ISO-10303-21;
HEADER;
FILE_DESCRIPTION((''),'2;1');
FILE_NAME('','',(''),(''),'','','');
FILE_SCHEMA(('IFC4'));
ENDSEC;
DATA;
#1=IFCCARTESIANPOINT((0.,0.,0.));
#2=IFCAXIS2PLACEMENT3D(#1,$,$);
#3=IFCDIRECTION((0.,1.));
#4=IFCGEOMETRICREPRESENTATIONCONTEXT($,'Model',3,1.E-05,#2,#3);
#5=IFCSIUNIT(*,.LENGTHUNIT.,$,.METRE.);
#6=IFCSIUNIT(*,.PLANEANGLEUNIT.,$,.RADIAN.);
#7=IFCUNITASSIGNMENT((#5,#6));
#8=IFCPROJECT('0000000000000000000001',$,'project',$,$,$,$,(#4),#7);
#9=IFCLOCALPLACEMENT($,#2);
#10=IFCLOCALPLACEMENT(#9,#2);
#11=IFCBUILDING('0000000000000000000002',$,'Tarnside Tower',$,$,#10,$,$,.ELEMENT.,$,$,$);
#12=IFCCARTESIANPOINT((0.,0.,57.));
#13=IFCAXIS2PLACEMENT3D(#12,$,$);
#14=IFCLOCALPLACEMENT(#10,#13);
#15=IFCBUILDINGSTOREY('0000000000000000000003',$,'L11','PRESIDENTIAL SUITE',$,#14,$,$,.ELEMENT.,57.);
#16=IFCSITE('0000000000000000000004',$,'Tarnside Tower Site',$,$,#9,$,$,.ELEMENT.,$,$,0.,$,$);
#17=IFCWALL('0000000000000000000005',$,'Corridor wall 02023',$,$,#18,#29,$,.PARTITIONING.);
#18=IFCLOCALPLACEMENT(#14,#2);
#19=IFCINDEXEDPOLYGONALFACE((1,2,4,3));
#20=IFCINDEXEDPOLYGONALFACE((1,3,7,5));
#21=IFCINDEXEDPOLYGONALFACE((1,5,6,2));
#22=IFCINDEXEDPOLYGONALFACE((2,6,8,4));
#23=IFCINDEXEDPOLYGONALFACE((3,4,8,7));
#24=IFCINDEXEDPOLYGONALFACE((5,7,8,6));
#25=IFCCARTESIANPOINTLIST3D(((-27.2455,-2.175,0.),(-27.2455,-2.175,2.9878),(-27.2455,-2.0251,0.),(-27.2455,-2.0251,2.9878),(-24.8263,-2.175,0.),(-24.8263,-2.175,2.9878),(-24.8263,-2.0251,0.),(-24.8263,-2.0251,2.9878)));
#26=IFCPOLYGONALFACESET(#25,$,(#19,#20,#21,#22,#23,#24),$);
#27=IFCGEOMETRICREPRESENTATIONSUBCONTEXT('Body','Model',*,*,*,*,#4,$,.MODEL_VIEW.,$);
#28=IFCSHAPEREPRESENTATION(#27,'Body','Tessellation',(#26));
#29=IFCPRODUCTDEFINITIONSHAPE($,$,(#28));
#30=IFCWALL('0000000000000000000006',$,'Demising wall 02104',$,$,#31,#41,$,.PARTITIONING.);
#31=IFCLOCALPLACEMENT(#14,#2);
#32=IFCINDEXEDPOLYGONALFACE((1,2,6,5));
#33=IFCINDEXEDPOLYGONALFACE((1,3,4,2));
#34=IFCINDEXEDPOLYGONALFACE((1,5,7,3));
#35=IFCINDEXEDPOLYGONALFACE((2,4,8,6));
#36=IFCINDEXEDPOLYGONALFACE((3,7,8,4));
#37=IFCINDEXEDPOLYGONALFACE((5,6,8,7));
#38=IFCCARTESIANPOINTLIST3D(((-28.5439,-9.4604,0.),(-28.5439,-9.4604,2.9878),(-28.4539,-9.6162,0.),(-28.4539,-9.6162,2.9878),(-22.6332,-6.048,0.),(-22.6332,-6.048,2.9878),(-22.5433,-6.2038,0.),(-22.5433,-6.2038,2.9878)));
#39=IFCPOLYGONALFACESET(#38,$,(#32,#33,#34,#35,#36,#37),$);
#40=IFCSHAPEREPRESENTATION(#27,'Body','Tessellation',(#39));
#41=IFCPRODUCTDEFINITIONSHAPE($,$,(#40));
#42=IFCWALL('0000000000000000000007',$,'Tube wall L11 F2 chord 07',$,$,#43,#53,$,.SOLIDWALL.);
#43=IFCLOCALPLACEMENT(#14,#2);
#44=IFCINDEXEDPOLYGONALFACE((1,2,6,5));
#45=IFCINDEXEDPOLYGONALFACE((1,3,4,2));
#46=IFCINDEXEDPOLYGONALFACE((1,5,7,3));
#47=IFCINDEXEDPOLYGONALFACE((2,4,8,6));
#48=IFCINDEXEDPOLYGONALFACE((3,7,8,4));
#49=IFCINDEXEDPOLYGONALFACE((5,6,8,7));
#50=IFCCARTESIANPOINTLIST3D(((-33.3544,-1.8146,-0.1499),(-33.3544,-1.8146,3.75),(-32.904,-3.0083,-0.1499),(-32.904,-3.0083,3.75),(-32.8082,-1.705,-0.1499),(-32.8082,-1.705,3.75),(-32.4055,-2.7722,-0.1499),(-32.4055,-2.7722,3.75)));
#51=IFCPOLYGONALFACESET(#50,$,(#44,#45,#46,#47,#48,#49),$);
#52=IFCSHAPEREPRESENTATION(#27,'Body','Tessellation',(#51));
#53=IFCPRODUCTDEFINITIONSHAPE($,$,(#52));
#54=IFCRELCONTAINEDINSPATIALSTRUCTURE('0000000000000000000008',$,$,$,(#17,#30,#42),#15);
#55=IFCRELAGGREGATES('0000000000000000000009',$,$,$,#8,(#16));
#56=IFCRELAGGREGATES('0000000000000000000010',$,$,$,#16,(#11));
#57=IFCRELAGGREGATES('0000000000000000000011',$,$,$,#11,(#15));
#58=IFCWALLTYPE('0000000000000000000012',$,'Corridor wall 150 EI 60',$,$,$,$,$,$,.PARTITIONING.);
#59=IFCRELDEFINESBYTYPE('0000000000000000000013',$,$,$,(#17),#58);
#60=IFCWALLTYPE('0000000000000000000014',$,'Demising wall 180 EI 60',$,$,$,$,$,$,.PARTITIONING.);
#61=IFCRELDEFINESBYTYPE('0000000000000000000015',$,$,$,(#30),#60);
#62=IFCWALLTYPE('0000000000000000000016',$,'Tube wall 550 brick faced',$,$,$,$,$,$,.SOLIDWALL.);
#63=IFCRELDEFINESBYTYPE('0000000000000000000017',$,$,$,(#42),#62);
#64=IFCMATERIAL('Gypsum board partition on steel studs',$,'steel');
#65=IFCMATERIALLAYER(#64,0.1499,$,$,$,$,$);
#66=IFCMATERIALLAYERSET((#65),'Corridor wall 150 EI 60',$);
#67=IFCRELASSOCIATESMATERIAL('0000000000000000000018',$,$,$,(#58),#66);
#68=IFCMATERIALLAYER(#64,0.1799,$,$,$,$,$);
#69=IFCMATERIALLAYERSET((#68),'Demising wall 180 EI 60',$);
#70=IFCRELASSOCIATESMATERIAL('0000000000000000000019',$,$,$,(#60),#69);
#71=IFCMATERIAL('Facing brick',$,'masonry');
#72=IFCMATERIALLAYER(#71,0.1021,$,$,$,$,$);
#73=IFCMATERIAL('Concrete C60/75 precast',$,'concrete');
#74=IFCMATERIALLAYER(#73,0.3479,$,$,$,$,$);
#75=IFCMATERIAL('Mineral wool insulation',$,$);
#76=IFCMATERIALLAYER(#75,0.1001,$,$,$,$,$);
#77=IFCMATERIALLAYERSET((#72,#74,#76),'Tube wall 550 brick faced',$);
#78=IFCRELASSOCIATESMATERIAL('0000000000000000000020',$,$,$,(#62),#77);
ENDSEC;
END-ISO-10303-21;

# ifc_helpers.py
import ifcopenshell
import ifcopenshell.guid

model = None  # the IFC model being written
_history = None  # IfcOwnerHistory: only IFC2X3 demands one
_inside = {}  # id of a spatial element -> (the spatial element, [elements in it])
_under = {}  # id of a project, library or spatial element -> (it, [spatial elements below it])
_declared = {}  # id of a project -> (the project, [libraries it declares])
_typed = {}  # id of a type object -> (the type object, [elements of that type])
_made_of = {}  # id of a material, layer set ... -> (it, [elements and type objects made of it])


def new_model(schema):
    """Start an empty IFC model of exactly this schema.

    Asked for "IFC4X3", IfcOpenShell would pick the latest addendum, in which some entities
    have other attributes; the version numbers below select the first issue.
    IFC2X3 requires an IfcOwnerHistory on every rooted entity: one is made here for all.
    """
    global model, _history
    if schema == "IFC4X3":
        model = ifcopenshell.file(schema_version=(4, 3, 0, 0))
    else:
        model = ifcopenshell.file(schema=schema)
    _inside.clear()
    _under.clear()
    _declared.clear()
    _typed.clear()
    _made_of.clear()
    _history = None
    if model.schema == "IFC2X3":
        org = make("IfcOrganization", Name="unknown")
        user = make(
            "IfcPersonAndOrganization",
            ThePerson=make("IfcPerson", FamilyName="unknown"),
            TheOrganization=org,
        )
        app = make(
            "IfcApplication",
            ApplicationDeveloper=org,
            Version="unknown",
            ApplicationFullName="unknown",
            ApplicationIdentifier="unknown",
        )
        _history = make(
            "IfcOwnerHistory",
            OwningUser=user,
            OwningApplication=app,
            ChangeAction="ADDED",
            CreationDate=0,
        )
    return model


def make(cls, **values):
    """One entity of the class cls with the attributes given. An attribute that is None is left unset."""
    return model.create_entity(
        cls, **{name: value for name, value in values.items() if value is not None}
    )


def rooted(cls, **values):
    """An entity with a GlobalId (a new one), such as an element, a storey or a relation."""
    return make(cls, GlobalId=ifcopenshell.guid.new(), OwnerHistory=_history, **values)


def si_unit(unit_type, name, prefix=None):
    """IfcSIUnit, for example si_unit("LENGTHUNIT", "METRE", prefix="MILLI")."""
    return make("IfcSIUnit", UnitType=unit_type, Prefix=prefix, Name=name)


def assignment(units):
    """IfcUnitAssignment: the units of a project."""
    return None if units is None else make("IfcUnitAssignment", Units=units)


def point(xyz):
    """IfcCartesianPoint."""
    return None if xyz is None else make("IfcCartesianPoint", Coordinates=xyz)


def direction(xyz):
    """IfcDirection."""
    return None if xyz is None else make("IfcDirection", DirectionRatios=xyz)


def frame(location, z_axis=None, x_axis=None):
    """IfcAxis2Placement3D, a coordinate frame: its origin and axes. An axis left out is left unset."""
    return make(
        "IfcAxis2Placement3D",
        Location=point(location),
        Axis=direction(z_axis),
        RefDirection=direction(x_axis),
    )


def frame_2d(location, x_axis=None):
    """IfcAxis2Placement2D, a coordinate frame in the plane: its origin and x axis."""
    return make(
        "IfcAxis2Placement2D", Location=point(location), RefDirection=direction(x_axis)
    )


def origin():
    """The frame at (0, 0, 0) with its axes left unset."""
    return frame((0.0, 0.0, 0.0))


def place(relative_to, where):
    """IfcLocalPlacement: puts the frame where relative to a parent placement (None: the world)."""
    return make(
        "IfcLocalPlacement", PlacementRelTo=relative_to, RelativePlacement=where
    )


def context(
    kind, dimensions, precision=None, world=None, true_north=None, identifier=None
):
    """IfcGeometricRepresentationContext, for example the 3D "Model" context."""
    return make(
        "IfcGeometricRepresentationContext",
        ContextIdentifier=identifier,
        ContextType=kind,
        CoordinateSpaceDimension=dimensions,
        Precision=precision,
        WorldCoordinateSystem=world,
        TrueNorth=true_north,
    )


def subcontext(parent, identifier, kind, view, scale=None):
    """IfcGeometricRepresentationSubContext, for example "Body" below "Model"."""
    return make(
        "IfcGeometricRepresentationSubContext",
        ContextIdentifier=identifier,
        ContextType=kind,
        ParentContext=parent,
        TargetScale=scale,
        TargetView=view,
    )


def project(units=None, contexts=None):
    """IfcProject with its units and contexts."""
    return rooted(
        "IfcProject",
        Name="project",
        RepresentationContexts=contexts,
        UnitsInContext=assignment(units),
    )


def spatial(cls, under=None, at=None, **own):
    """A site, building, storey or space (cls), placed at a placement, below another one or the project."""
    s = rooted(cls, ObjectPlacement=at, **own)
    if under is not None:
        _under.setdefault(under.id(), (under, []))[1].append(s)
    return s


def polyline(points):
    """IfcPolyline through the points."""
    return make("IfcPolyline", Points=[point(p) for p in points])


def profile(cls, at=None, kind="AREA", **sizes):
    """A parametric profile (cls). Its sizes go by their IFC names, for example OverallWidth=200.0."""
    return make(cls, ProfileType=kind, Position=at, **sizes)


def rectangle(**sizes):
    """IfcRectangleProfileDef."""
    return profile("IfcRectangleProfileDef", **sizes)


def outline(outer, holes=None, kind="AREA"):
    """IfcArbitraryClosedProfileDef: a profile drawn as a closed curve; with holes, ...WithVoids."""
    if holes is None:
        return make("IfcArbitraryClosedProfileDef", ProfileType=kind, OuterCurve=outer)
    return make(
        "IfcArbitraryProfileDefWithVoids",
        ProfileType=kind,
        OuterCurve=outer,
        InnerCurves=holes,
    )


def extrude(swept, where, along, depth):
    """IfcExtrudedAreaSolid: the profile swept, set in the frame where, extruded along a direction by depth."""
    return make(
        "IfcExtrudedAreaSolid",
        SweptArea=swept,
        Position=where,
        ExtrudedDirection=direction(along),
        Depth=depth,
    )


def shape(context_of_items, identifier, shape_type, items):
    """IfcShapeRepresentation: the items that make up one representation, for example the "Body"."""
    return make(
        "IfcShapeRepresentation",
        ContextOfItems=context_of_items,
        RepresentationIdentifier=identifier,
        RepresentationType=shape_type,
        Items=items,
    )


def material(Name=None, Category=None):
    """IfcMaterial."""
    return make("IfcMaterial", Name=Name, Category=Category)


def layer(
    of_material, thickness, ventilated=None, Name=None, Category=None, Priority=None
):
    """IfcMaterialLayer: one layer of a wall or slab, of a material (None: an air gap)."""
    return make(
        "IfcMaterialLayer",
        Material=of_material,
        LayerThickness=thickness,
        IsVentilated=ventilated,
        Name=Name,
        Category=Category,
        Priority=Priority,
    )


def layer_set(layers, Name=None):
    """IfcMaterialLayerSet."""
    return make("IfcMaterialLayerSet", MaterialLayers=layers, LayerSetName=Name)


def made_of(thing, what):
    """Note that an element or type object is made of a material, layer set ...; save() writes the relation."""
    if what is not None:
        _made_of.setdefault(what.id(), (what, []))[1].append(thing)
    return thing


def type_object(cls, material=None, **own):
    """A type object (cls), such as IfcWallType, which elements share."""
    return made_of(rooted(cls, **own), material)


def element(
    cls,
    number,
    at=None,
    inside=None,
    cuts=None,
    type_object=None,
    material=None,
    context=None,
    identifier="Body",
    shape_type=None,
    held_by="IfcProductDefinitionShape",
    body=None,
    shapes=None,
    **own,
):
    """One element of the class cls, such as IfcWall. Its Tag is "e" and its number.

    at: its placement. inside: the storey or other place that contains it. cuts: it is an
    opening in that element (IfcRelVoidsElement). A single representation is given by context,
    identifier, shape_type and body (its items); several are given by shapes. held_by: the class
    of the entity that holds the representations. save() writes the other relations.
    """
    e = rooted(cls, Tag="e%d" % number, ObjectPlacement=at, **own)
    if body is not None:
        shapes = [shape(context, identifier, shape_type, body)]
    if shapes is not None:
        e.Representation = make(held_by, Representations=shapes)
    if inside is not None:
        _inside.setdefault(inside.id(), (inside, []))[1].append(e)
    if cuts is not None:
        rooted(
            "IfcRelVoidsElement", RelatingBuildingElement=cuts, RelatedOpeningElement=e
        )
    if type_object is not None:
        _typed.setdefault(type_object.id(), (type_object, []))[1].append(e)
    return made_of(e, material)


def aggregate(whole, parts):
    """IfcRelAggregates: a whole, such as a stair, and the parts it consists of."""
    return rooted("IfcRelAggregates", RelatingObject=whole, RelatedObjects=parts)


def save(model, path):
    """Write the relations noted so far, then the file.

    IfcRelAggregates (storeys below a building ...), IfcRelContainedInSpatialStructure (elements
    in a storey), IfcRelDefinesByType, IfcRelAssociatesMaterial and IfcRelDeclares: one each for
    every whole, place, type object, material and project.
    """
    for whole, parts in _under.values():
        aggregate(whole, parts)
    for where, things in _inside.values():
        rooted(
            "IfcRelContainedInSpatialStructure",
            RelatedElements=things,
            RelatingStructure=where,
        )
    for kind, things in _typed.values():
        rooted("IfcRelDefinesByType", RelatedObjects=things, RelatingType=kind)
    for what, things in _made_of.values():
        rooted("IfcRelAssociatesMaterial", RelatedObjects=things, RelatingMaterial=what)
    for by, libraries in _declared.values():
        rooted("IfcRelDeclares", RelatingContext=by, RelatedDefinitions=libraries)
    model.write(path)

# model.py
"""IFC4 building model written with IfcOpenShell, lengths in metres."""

from ifc_helpers import new_model, si_unit, direction, frame, frame_2d, origin, place, context, subcontext, project, spatial, polyline, rectangle, outline, extrude, material, layer, layer_set, type_object, element, save


model = new_model("IFC4")

# Units and contexts
model_context = context("Model", 3, precision=1e-05, world=origin(), true_north=direction((0.0, 1.0)))
body_context = subcontext(model_context, "Body", "Model", "MODEL_VIEW")
ifc_project = project(units=[si_unit("LENGTHUNIT", "METRE"), si_unit("PLANEANGLEUNIT", "RADIAN")], contexts=[model_context])

# Site, building, storey
site_placement = place(None, origin())
site = spatial("IfcSite", under=ifc_project, at=site_placement, Name="Tarnside Tower Site", CompositionType="ELEMENT", RefElevation=0.0)
building_placement = place(site_placement, origin())
building = spatial("IfcBuilding", under=site, at=building_placement, Name="Tarnside Tower", CompositionType="ELEMENT")
storey_placement = place(building_placement, frame((0.0, 0.0, 57.0)))
storey = spatial("IfcBuildingStorey", under=building, at=storey_placement, Name="L11", Description="PRESIDENTIAL SUITE", CompositionType="ELEMENT", Elevation=57.0)

# Walls
ifc_material_1 = material(Name="Gypsum board partition on steel studs", Category="steel")
ifc_layer_1 = layer(ifc_material_1, 0.1499)
ifc_layer_set_1 = layer_set([ifc_layer_1], Name="Corridor wall 150 EI 60")
wall_type_1 = type_object("IfcWallType", Name="Corridor wall 150 EI 60", PredefinedType="PARTITIONING", material=ifc_layer_set_1)
wall_1_placement = place(storey_placement, frame((-27.2454, -2.1001, 0.0), z_axis=(0.0, 0.0, 1.0), x_axis=(1.0, 0.0, 0.0)))
element("IfcWall", 1, at=wall_1_placement, inside=storey, type_object=wall_type_1, Name="Corridor wall 02023", PredefinedType="PARTITIONING", context=body_context, shape_type="SweptSolid", body=[
    extrude(rectangle(XDim=2.4192, YDim=0.1499, at=frame_2d((1.2095, 0.0))), origin(), (0.0, 0.0, 1.0), 2.9878),
])
ifc_layer_2 = layer(ifc_material_1, 0.1799)
ifc_layer_set_2 = layer_set([ifc_layer_2], Name="Demising wall 180 EI 60")
wall_type_2 = type_object("IfcWallType", Name="Demising wall 180 EI 60", PredefinedType="PARTITIONING", material=ifc_layer_set_2)
wall_2_placement = place(storey_placement, frame((-28.499, -9.5383, 0.0), z_axis=(0.0, 0.0, 1.0), x_axis=(0.866035, 0.499983, 0.0)))
element("IfcWall", 2, at=wall_2_placement, inside=storey, type_object=wall_type_2, Name="Demising wall 02104", PredefinedType="PARTITIONING", context=body_context, shape_type="SweptSolid", body=[
    extrude(rectangle(XDim=6.825, YDim=0.1799, at=frame_2d((3.4126, 0.0))), origin(), (0.0, 0.0, 1.0), 2.9878),
])
ifc_material_2 = material(Name="Facing brick", Category="masonry")
ifc_layer_3 = layer(ifc_material_2, 0.1021)
ifc_material_3 = material(Name="Concrete C60/75 precast", Category="concrete")
ifc_layer_4 = layer(ifc_material_3, 0.3479)
ifc_material_4 = material(Name="Mineral wool insulation")
ifc_layer_5 = layer(ifc_material_4, 0.1001)
ifc_layer_set_3 = layer_set([ifc_layer_3, ifc_layer_4, ifc_layer_5], Name="Tube wall 550 brick faced")
wall_type_3 = type_object("IfcWallType", Name="Tube wall 550 brick faced", PredefinedType="SOLIDWALL", material=ifc_layer_set_3)
wall_3_placement = place(storey_placement, frame((-33.0813, -1.7598, -0.1499), z_axis=(0.0, 0.0, 1.0), x_axis=(0.353027, -0.935613, 0.0)))
element("IfcWall", 3, at=wall_3_placement, inside=storey, type_object=wall_type_3, Name="Tube wall L11 F2 chord 07", PredefinedType="SOLIDWALL", context=body_context, shape_type="SweptSolid", body=[
    extrude(outline(polyline([(-0.0452, -0.2749), (1.2307, -0.2749), (1.1858, 0.2749), (0.0452, 0.2749), (-0.0452, -0.2749)])), origin(), (0.0, 0.0, 1.0), 3.8999),
])

save(model, "model.ifc")
